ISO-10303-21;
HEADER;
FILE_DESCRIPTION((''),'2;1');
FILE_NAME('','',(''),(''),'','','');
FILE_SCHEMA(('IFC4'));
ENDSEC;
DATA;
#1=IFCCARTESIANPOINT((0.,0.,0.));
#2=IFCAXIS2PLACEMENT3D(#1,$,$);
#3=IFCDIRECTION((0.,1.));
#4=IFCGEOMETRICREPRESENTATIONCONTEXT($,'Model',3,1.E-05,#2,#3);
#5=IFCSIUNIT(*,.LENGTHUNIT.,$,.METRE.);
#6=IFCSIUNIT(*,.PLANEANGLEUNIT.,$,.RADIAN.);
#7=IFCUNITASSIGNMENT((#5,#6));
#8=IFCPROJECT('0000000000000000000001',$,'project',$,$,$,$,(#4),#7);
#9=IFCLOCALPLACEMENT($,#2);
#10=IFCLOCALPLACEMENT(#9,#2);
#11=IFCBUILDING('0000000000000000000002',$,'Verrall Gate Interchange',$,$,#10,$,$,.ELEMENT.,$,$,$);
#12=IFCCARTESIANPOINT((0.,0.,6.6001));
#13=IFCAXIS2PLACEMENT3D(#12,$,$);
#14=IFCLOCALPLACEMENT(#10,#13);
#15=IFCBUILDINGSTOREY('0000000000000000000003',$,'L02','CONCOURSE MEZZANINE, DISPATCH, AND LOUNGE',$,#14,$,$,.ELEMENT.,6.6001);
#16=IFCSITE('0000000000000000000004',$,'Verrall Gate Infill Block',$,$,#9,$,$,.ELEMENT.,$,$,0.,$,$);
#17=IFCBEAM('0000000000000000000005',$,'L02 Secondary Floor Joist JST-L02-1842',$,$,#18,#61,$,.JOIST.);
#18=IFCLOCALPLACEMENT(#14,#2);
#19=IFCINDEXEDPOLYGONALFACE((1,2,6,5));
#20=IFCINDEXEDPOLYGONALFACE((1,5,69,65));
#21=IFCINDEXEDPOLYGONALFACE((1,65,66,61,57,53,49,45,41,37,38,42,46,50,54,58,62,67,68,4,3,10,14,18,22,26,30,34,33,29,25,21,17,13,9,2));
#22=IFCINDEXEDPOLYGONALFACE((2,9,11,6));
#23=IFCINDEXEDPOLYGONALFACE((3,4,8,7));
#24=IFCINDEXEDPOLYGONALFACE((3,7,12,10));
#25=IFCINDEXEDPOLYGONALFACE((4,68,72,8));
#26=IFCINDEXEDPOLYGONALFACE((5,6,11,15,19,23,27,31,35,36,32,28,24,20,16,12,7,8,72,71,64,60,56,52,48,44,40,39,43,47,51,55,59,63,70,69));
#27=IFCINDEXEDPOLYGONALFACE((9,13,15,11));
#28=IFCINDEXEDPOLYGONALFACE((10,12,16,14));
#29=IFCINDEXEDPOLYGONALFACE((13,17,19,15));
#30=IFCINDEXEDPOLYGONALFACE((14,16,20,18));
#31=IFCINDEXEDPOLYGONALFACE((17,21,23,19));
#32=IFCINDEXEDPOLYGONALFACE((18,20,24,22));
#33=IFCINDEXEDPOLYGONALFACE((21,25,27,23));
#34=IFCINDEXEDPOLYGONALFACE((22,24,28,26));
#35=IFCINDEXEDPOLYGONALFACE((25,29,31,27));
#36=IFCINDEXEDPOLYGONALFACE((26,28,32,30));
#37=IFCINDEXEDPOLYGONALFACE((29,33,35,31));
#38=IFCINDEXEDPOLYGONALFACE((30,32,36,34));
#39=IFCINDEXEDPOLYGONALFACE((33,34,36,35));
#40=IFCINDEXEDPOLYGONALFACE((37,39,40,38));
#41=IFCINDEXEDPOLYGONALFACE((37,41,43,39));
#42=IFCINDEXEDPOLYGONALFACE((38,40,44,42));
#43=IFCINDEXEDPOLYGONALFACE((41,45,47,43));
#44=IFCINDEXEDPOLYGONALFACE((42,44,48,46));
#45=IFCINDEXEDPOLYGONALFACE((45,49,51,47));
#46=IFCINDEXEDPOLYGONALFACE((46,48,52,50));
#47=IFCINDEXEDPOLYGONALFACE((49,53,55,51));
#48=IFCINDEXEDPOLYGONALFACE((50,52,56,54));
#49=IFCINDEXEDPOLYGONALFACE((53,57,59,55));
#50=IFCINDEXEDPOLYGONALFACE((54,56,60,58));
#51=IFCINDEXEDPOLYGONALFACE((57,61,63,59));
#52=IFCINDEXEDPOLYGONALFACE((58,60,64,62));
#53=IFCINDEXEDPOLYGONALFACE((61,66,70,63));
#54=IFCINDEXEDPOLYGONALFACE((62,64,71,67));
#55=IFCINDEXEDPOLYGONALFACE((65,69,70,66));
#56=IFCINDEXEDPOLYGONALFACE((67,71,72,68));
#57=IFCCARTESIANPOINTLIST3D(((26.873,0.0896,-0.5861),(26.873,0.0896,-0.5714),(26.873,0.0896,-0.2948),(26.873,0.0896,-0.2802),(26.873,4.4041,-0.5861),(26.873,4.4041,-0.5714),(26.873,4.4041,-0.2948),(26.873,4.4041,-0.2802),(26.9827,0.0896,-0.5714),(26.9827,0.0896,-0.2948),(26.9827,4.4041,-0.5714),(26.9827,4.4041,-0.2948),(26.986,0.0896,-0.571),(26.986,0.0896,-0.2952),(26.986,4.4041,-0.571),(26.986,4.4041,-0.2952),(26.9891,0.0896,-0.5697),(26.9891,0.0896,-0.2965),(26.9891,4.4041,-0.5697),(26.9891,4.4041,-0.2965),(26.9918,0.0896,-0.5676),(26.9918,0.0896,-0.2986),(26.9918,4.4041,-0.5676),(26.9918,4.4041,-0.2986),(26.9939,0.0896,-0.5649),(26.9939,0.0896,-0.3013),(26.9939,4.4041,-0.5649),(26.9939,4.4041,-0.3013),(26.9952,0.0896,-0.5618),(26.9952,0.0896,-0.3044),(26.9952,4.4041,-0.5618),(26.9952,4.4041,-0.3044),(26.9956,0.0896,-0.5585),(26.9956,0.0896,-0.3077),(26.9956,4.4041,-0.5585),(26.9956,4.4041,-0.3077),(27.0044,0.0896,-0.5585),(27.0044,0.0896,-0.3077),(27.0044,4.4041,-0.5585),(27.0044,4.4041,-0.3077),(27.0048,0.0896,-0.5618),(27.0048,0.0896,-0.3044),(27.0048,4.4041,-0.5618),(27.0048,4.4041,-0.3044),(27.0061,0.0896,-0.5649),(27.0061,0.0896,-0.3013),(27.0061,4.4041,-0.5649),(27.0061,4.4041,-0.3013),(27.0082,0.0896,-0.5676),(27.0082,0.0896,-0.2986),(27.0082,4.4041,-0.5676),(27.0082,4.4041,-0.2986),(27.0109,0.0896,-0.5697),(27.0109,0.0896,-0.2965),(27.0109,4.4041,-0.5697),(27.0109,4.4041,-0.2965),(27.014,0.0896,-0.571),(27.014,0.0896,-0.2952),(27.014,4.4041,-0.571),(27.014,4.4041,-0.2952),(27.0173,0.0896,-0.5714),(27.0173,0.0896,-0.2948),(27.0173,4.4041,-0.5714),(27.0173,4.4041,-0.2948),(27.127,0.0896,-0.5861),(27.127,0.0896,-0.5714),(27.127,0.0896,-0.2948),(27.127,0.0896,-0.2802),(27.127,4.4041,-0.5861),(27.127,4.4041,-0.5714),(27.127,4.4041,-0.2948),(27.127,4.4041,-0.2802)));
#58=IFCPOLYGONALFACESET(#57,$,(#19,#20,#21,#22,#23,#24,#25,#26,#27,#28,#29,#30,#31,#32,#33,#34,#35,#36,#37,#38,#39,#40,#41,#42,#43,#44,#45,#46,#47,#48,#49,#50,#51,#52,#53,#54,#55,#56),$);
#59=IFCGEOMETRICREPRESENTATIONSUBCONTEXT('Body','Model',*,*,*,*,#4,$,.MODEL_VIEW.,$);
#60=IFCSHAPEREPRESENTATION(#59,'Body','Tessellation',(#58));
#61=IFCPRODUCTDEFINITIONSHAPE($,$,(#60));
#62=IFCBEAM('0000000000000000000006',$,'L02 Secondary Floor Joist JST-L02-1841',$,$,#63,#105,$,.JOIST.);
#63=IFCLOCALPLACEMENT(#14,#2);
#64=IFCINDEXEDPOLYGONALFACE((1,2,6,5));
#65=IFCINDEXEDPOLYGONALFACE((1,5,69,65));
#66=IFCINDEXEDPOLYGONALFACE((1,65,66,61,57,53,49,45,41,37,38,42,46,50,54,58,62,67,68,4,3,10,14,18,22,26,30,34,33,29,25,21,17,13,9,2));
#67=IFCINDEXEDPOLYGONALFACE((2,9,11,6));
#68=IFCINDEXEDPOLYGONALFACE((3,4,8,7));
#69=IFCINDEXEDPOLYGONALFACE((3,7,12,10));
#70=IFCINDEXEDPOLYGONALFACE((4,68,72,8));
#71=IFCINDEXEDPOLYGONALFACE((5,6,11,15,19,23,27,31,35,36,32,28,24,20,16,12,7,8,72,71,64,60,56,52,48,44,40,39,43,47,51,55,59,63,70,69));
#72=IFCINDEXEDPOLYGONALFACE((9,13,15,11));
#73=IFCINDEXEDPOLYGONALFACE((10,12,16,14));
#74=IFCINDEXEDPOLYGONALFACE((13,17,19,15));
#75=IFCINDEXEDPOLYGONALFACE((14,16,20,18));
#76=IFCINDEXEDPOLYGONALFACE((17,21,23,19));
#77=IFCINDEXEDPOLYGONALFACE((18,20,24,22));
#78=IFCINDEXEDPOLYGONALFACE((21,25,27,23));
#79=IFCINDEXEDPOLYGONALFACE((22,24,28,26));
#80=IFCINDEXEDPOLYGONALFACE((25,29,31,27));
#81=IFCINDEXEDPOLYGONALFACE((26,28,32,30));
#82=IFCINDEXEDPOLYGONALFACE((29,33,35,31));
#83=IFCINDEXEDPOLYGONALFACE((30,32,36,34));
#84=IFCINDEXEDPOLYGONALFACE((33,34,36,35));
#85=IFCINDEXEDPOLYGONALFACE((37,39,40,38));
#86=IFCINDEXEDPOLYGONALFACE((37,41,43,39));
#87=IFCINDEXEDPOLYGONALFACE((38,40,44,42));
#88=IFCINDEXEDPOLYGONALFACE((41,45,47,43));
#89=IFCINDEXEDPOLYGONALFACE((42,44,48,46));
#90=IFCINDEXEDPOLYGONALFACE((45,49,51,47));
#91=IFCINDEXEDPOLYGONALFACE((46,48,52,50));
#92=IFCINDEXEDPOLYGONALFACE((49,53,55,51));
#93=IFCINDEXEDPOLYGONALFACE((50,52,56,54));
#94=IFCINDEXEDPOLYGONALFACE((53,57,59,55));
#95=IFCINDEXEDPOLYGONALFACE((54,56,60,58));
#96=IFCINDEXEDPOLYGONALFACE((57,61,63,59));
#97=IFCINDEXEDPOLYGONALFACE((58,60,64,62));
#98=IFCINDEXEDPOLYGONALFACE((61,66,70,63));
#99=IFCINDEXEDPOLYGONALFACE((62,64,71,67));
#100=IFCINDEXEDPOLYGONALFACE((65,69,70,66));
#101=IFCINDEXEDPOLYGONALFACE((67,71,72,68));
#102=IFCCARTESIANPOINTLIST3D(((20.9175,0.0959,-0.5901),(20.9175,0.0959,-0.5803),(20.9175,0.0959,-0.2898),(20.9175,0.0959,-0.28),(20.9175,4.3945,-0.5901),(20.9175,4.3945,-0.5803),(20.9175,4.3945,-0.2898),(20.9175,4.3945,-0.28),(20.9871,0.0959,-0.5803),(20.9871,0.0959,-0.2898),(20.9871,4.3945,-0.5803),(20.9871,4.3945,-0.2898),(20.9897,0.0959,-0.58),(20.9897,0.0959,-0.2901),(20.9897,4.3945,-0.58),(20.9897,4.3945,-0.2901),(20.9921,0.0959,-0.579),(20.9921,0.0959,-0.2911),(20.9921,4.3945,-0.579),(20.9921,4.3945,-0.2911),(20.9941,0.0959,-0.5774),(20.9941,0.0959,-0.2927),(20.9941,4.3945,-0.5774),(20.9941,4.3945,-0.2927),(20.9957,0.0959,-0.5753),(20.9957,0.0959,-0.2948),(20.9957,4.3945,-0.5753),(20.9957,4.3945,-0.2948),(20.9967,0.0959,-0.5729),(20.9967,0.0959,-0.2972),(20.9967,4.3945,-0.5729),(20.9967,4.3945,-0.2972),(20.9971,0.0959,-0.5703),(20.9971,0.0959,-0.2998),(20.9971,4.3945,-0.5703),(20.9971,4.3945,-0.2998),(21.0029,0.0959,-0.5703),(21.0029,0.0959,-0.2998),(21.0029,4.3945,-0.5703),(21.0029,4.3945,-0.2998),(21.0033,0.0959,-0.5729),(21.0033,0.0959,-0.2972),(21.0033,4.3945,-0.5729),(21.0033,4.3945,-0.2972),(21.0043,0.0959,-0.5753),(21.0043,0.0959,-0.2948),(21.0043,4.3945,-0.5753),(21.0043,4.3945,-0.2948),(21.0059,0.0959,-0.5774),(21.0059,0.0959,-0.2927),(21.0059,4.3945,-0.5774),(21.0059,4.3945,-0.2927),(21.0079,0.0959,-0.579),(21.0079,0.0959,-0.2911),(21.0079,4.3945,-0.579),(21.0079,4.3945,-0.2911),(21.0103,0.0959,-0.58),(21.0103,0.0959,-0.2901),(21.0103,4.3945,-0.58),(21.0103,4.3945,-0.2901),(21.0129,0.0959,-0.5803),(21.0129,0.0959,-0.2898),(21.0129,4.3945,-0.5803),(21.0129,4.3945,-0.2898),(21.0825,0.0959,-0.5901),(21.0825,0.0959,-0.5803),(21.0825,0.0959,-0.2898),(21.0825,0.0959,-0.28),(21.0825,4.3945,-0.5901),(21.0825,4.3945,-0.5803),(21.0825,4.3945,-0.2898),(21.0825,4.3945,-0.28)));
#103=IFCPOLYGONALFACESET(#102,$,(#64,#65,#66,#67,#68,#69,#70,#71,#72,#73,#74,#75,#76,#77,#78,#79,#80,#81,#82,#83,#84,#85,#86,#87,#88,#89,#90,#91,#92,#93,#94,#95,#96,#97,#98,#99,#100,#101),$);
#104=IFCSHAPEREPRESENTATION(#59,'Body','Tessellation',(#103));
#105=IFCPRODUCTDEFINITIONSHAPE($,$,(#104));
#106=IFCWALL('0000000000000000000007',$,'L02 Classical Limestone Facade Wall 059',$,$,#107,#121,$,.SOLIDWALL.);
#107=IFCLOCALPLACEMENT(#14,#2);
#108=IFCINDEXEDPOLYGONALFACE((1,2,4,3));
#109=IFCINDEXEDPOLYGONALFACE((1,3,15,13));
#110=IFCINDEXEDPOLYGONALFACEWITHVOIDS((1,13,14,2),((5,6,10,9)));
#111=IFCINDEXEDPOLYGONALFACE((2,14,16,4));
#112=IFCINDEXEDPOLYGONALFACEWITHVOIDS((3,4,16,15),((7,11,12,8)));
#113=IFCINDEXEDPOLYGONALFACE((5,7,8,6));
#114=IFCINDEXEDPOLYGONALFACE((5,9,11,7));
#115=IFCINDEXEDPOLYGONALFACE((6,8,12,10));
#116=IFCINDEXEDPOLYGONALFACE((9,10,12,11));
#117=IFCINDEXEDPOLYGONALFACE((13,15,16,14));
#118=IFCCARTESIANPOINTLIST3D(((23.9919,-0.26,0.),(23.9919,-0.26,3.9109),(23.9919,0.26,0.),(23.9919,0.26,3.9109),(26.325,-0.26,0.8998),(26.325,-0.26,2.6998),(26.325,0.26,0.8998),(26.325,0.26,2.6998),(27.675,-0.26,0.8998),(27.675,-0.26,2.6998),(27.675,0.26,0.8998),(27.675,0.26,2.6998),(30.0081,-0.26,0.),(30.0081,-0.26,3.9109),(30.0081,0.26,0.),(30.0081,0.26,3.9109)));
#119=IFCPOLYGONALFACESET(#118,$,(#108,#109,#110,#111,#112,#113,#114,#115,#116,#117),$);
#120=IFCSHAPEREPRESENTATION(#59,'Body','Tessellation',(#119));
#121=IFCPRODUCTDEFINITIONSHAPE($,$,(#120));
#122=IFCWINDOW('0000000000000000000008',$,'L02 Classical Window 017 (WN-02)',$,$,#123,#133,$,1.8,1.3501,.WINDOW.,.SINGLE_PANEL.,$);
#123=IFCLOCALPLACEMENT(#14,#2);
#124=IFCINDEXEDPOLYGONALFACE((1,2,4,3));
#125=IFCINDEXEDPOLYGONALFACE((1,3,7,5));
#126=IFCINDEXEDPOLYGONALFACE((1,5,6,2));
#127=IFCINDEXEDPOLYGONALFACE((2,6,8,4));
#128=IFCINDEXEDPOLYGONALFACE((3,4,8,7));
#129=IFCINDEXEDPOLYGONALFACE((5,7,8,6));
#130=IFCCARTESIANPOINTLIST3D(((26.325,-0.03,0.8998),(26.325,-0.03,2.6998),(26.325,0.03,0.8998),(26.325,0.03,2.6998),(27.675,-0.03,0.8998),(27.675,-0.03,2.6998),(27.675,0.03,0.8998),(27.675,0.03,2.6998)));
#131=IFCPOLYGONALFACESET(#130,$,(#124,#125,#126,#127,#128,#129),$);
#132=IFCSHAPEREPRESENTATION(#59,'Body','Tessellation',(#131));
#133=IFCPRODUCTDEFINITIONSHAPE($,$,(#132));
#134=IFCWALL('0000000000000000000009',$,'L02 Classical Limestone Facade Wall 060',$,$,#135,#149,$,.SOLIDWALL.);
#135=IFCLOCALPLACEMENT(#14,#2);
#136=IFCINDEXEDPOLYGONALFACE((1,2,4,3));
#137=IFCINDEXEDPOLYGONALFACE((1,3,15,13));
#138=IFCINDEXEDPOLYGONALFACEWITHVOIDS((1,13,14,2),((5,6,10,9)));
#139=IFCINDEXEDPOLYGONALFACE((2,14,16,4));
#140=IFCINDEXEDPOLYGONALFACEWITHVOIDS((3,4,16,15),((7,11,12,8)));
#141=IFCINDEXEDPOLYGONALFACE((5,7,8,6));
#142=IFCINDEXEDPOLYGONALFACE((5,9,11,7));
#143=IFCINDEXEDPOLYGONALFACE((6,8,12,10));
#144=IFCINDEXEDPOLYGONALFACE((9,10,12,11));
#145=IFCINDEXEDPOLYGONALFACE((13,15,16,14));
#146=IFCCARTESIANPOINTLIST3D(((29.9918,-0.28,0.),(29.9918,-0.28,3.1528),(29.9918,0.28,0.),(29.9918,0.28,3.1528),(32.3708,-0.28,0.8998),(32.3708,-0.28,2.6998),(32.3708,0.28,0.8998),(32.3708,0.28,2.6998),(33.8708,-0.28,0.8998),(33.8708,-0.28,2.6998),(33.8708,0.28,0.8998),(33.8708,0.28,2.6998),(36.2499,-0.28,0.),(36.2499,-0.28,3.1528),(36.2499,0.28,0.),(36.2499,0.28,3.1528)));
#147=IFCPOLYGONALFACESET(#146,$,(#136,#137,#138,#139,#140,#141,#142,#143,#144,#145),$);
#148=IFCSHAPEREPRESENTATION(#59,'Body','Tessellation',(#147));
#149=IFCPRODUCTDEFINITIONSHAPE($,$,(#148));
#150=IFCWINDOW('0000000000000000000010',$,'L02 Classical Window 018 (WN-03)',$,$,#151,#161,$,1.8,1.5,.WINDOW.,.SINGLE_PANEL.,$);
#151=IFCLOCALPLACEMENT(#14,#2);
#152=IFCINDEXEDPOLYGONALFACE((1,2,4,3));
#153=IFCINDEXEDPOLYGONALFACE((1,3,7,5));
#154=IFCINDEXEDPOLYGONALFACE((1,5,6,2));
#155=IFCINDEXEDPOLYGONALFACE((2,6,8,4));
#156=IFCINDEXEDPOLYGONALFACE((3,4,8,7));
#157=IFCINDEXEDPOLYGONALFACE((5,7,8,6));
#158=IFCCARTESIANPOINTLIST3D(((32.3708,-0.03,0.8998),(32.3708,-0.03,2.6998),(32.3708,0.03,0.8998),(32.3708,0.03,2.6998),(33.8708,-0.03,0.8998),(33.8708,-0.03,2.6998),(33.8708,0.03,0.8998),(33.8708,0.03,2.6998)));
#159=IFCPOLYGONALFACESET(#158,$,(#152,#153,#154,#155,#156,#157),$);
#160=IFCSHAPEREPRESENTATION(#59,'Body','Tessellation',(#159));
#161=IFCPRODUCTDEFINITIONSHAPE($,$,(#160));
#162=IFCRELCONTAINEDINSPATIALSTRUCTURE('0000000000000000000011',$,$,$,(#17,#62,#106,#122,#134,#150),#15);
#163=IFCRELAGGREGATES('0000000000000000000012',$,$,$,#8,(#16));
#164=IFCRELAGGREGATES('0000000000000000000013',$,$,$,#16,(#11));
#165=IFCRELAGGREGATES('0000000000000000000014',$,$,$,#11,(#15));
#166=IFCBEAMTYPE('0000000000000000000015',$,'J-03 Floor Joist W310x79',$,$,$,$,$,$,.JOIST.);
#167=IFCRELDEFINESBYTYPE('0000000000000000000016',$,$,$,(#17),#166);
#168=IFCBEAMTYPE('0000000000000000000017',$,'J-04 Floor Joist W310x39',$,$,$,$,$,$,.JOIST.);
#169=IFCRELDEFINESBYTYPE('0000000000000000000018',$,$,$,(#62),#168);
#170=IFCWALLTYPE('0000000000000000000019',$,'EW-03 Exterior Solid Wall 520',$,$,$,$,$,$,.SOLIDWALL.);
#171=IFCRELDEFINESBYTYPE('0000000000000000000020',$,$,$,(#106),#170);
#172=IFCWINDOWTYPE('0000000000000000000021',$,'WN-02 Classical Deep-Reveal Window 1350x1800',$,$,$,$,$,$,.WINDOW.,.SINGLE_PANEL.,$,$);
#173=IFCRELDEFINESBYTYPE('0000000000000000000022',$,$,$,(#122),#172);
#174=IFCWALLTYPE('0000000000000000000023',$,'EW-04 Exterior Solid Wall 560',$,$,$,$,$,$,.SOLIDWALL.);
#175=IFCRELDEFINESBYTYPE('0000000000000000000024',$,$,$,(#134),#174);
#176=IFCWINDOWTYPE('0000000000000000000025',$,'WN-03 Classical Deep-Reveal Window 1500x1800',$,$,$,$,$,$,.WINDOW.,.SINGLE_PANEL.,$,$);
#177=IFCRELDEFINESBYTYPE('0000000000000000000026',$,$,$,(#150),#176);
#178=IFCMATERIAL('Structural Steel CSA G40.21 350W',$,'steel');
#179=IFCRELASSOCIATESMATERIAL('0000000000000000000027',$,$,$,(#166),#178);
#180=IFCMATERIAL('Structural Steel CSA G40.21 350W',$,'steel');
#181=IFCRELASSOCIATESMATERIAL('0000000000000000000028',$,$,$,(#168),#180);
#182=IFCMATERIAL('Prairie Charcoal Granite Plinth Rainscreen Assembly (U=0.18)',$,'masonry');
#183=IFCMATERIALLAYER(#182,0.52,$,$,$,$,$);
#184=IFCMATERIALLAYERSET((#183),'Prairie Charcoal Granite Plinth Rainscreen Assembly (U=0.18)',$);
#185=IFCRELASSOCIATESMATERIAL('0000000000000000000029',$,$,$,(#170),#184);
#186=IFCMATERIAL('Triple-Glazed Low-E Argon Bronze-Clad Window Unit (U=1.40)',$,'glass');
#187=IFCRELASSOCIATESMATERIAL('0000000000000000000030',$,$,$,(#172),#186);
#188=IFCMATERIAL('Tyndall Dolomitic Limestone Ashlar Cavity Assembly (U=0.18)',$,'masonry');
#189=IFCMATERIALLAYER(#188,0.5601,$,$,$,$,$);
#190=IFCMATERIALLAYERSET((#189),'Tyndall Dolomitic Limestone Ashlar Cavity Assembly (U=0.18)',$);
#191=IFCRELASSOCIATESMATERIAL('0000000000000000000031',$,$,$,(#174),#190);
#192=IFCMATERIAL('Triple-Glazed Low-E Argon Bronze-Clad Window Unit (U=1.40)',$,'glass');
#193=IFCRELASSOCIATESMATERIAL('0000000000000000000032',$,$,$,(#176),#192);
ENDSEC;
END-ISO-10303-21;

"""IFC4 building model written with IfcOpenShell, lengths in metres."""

from ifc_helpers import new_model, si_unit, direction, frame, frame_2d, origin, origin_2d, place, context, subcontext, project, spatial, rectangle, i_section, extrude, material, layer, layer_set, material_profile, profile_set, type_object, element, fill, save


model = new_model("IFC4")

# Units and contexts
model_context = context("Model", 3, precision=1e-05, world=origin(), true_north=direction((0.0, 1.0)))
body_context = subcontext(model_context, "Body", "Model", "MODEL_VIEW")
ifc_project = project(units=[si_unit("LENGTHUNIT", "METRE"), si_unit("PLANEANGLEUNIT", "RADIAN")], contexts=[model_context])

# Site, building, storey
site_placement = place(None, origin())
site = spatial("IfcSite", under=ifc_project, at=site_placement, Name="Verrall Gate Infill Block", CompositionType="ELEMENT", RefElevation=0.0)
building_placement = place(site_placement, origin())
building = spatial("IfcBuilding", under=site, at=building_placement, Name="Verrall Gate Interchange", CompositionType="ELEMENT")
storey_placement = place(building_placement, frame((0.0, 0.0, 6.6001)))
storey = spatial("IfcBuildingStorey", under=building, at=storey_placement, Name="L02", Description="CONCOURSE MEZZANINE, DISPATCH, AND LOUNGE", CompositionType="ELEMENT", Elevation=6.6001)

# Beams
ifc_material_1 = material(Name="Structural Steel CSA G40.21 350W", Category="steel")
ifc_material_profile_1 = material_profile(ifc_material_1, i_section(OverallWidth=0.2539, OverallDepth=0.3059, WebThickness=0.0088, FlangeThickness=0.0146, FilletRadius=0.0129, at=origin_2d()), Name="W310x79")
ifc_profile_set_1 = profile_set([ifc_material_profile_1], Name="Structural Steel CSA G40.21 350W")
beam_type_1 = type_object("IfcBeamType", Name="J-03 Floor Joist W310x79", PredefinedType="JOIST", material=ifc_profile_set_1)
beam_1_placement = place(storey_placement, frame((27.0, 0.0896, -0.4331), z_axis=(0.0, 1.0, 0.0), x_axis=(-1.0, 0.0, 0.0)))
element("IfcBeam", 1, at=beam_1_placement, inside=storey, type_object=beam_type_1, Name="L02 Secondary Floor Joist JST-L02-1842", PredefinedType="JOIST", context=body_context, shape_type="SweptSolid", body=[
    extrude(i_section(OverallWidth=0.2539, OverallDepth=0.3059, WebThickness=0.0088, FlangeThickness=0.0146, FilletRadius=0.0129, at=origin_2d()), origin(), (0.0, 0.0, 1.0), 4.3145),
])
ifc_material_2 = material(Name="Structural Steel CSA G40.21 350W", Category="steel")
ifc_material_profile_2 = material_profile(ifc_material_2, i_section(OverallWidth=0.165, OverallDepth=0.3101, WebThickness=0.0059, FlangeThickness=0.0098, FilletRadius=0.01, at=origin_2d()), Name="W310x39")
ifc_profile_set_2 = profile_set([ifc_material_profile_2], Name="Structural Steel CSA G40.21 350W")
beam_type_2 = type_object("IfcBeamType", Name="J-04 Floor Joist W310x39", PredefinedType="JOIST", material=ifc_profile_set_2)
beam_2_placement = place(storey_placement, frame((21.0, 0.0959, -0.4351), z_axis=(0.0, 1.0, 0.0), x_axis=(-1.0, 0.0, 0.0)))
element("IfcBeam", 2, at=beam_2_placement, inside=storey, type_object=beam_type_2, Name="L02 Secondary Floor Joist JST-L02-1841", PredefinedType="JOIST", context=body_context, shape_type="SweptSolid", body=[
    extrude(i_section(OverallWidth=0.165, OverallDepth=0.3101, WebThickness=0.0059, FlangeThickness=0.0098, FilletRadius=0.01, at=origin_2d()), origin(), (0.0, 0.0, 1.0), 4.2986),
])

# Walls, openings, windows
ifc_material_3 = material(Name="Prairie Charcoal Granite Plinth Rainscreen Assembly (U=0.18)", Category="masonry")
ifc_layer_1 = layer(ifc_material_3, 0.52)
ifc_layer_set_1 = layer_set([ifc_layer_1], Name="Prairie Charcoal Granite Plinth Rainscreen Assembly (U=0.18)")
wall_type_1 = type_object("IfcWallType", Name="EW-03 Exterior Solid Wall 520", PredefinedType="SOLIDWALL", material=ifc_layer_set_1)
wall_1_placement = place(storey_placement, frame((23.9919, 0.0, 0.0), z_axis=(0.0, 0.0, 1.0), x_axis=(1.0, 0.0, 0.0)))
wall_1 = element("IfcWall", 3, at=wall_1_placement, inside=storey, type_object=wall_type_1, Name="L02 Classical Limestone Facade Wall 059", PredefinedType="SOLIDWALL", context=body_context, shape_type="SweptSolid", body=[
    extrude(rectangle(XDim=6.0161, YDim=0.52, at=frame_2d((3.0081, 0.0))), origin(), (0.0, 0.0, 1.0), 3.9109),
])
opening_1_placement = place(wall_1_placement, frame((2.333, 0.0, 0.8999)))
opening_1 = element("IfcOpeningElement", 4, at=opening_1_placement, cuts=wall_1, PredefinedType="OPENING", context=body_context, shape_type="SweptSolid", body=[
    extrude(rectangle(XDim=1.3501, YDim=1.8, at=frame_2d((0.675, 0.8999))), frame((0.0, 0.2749, 0.0), z_axis=(0.0, -1.0, 0.0), x_axis=(1.0, 0.0, 0.0)), (0.0, 0.0, 1.0), 0.5498),
])
ifc_material_4 = material(Name="Triple-Glazed Low-E Argon Bronze-Clad Window Unit (U=1.40)", Category="glass")
window_type_1 = type_object("IfcWindowType", Name="WN-02 Classical Deep-Reveal Window 1350x1800", PartitioningType="SINGLE_PANEL", PredefinedType="WINDOW", material=ifc_material_4)
window_1_placement = place(opening_1_placement, origin())
window_1 = element("IfcWindow", 5, at=window_1_placement, inside=storey, type_object=window_type_1, Name="L02 Classical Window 017 (WN-02)", OverallHeight=1.8, OverallWidth=1.3501, PartitioningType="SINGLE_PANEL", PredefinedType="WINDOW", context=body_context, shape_type="SweptSolid", body=[
    extrude(rectangle(XDim=1.3501, YDim=1.8, at=frame_2d((0.675, 0.8999))), frame((0.0, 0.03, 0.0), z_axis=(0.0, -1.0, 0.0), x_axis=(1.0, 0.0, 0.0)), (0.0, 0.0, 1.0), 0.0601),
])
fill(opening_1, window_1)
ifc_material_5 = material(Name="Tyndall Dolomitic Limestone Ashlar Cavity Assembly (U=0.18)", Category="masonry")
ifc_layer_2 = layer(ifc_material_5, 0.5601)
ifc_layer_set_2 = layer_set([ifc_layer_2], Name="Tyndall Dolomitic Limestone Ashlar Cavity Assembly (U=0.18)")
wall_type_2 = type_object("IfcWallType", Name="EW-04 Exterior Solid Wall 560", PredefinedType="SOLIDWALL", material=ifc_layer_set_2)
wall_2_placement = place(storey_placement, frame((29.9919, 0.0, 0.0), z_axis=(0.0, 0.0, 1.0), x_axis=(1.0, 0.0, 0.0)))
wall_2 = element("IfcWall", 6, at=wall_2_placement, inside=storey, type_object=wall_type_2, Name="L02 Classical Limestone Facade Wall 060", PredefinedType="SOLIDWALL", context=body_context, shape_type="SweptSolid", body=[
    extrude(rectangle(XDim=6.2581, YDim=0.5601, at=frame_2d((3.1289, 0.0))), origin(), (0.0, 0.0, 1.0), 3.1528),
])
opening_2_placement = place(wall_2_placement, frame((2.3789, 0.0, 0.8999)))
opening_2 = element("IfcOpeningElement", 7, at=opening_2_placement, cuts=wall_2, PredefinedType="OPENING", context=body_context, shape_type="SweptSolid", body=[
    extrude(rectangle(XDim=1.5, YDim=1.8, at=frame_2d((0.75, 0.8999))), frame((0.0, 0.2949, 0.0), z_axis=(0.0, -1.0, 0.0), x_axis=(1.0, 0.0, 0.0)), (0.0, 0.0, 1.0), 0.5898),
])
ifc_material_6 = material(Name="Triple-Glazed Low-E Argon Bronze-Clad Window Unit (U=1.40)", Category="glass")
window_type_2 = type_object("IfcWindowType", Name="WN-03 Classical Deep-Reveal Window 1500x1800", PartitioningType="SINGLE_PANEL", PredefinedType="WINDOW", material=ifc_material_6)
window_2_placement = place(opening_2_placement, origin())
window_2 = element("IfcWindow", 8, at=window_2_placement, inside=storey, type_object=window_type_2, Name="L02 Classical Window 018 (WN-03)", OverallHeight=1.8, OverallWidth=1.5, PartitioningType="SINGLE_PANEL", PredefinedType="WINDOW", context=body_context, shape_type="SweptSolid", body=[
    extrude(rectangle(XDim=1.5, YDim=1.8, at=frame_2d((0.75, 0.8999))), frame((0.0, 0.03, 0.0), z_axis=(0.0, -1.0, 0.0), x_axis=(1.0, 0.0, 0.0)), (0.0, 0.0, 1.0), 0.0601),
])
fill(opening_2, window_2)

save(model, "model.ifc")
